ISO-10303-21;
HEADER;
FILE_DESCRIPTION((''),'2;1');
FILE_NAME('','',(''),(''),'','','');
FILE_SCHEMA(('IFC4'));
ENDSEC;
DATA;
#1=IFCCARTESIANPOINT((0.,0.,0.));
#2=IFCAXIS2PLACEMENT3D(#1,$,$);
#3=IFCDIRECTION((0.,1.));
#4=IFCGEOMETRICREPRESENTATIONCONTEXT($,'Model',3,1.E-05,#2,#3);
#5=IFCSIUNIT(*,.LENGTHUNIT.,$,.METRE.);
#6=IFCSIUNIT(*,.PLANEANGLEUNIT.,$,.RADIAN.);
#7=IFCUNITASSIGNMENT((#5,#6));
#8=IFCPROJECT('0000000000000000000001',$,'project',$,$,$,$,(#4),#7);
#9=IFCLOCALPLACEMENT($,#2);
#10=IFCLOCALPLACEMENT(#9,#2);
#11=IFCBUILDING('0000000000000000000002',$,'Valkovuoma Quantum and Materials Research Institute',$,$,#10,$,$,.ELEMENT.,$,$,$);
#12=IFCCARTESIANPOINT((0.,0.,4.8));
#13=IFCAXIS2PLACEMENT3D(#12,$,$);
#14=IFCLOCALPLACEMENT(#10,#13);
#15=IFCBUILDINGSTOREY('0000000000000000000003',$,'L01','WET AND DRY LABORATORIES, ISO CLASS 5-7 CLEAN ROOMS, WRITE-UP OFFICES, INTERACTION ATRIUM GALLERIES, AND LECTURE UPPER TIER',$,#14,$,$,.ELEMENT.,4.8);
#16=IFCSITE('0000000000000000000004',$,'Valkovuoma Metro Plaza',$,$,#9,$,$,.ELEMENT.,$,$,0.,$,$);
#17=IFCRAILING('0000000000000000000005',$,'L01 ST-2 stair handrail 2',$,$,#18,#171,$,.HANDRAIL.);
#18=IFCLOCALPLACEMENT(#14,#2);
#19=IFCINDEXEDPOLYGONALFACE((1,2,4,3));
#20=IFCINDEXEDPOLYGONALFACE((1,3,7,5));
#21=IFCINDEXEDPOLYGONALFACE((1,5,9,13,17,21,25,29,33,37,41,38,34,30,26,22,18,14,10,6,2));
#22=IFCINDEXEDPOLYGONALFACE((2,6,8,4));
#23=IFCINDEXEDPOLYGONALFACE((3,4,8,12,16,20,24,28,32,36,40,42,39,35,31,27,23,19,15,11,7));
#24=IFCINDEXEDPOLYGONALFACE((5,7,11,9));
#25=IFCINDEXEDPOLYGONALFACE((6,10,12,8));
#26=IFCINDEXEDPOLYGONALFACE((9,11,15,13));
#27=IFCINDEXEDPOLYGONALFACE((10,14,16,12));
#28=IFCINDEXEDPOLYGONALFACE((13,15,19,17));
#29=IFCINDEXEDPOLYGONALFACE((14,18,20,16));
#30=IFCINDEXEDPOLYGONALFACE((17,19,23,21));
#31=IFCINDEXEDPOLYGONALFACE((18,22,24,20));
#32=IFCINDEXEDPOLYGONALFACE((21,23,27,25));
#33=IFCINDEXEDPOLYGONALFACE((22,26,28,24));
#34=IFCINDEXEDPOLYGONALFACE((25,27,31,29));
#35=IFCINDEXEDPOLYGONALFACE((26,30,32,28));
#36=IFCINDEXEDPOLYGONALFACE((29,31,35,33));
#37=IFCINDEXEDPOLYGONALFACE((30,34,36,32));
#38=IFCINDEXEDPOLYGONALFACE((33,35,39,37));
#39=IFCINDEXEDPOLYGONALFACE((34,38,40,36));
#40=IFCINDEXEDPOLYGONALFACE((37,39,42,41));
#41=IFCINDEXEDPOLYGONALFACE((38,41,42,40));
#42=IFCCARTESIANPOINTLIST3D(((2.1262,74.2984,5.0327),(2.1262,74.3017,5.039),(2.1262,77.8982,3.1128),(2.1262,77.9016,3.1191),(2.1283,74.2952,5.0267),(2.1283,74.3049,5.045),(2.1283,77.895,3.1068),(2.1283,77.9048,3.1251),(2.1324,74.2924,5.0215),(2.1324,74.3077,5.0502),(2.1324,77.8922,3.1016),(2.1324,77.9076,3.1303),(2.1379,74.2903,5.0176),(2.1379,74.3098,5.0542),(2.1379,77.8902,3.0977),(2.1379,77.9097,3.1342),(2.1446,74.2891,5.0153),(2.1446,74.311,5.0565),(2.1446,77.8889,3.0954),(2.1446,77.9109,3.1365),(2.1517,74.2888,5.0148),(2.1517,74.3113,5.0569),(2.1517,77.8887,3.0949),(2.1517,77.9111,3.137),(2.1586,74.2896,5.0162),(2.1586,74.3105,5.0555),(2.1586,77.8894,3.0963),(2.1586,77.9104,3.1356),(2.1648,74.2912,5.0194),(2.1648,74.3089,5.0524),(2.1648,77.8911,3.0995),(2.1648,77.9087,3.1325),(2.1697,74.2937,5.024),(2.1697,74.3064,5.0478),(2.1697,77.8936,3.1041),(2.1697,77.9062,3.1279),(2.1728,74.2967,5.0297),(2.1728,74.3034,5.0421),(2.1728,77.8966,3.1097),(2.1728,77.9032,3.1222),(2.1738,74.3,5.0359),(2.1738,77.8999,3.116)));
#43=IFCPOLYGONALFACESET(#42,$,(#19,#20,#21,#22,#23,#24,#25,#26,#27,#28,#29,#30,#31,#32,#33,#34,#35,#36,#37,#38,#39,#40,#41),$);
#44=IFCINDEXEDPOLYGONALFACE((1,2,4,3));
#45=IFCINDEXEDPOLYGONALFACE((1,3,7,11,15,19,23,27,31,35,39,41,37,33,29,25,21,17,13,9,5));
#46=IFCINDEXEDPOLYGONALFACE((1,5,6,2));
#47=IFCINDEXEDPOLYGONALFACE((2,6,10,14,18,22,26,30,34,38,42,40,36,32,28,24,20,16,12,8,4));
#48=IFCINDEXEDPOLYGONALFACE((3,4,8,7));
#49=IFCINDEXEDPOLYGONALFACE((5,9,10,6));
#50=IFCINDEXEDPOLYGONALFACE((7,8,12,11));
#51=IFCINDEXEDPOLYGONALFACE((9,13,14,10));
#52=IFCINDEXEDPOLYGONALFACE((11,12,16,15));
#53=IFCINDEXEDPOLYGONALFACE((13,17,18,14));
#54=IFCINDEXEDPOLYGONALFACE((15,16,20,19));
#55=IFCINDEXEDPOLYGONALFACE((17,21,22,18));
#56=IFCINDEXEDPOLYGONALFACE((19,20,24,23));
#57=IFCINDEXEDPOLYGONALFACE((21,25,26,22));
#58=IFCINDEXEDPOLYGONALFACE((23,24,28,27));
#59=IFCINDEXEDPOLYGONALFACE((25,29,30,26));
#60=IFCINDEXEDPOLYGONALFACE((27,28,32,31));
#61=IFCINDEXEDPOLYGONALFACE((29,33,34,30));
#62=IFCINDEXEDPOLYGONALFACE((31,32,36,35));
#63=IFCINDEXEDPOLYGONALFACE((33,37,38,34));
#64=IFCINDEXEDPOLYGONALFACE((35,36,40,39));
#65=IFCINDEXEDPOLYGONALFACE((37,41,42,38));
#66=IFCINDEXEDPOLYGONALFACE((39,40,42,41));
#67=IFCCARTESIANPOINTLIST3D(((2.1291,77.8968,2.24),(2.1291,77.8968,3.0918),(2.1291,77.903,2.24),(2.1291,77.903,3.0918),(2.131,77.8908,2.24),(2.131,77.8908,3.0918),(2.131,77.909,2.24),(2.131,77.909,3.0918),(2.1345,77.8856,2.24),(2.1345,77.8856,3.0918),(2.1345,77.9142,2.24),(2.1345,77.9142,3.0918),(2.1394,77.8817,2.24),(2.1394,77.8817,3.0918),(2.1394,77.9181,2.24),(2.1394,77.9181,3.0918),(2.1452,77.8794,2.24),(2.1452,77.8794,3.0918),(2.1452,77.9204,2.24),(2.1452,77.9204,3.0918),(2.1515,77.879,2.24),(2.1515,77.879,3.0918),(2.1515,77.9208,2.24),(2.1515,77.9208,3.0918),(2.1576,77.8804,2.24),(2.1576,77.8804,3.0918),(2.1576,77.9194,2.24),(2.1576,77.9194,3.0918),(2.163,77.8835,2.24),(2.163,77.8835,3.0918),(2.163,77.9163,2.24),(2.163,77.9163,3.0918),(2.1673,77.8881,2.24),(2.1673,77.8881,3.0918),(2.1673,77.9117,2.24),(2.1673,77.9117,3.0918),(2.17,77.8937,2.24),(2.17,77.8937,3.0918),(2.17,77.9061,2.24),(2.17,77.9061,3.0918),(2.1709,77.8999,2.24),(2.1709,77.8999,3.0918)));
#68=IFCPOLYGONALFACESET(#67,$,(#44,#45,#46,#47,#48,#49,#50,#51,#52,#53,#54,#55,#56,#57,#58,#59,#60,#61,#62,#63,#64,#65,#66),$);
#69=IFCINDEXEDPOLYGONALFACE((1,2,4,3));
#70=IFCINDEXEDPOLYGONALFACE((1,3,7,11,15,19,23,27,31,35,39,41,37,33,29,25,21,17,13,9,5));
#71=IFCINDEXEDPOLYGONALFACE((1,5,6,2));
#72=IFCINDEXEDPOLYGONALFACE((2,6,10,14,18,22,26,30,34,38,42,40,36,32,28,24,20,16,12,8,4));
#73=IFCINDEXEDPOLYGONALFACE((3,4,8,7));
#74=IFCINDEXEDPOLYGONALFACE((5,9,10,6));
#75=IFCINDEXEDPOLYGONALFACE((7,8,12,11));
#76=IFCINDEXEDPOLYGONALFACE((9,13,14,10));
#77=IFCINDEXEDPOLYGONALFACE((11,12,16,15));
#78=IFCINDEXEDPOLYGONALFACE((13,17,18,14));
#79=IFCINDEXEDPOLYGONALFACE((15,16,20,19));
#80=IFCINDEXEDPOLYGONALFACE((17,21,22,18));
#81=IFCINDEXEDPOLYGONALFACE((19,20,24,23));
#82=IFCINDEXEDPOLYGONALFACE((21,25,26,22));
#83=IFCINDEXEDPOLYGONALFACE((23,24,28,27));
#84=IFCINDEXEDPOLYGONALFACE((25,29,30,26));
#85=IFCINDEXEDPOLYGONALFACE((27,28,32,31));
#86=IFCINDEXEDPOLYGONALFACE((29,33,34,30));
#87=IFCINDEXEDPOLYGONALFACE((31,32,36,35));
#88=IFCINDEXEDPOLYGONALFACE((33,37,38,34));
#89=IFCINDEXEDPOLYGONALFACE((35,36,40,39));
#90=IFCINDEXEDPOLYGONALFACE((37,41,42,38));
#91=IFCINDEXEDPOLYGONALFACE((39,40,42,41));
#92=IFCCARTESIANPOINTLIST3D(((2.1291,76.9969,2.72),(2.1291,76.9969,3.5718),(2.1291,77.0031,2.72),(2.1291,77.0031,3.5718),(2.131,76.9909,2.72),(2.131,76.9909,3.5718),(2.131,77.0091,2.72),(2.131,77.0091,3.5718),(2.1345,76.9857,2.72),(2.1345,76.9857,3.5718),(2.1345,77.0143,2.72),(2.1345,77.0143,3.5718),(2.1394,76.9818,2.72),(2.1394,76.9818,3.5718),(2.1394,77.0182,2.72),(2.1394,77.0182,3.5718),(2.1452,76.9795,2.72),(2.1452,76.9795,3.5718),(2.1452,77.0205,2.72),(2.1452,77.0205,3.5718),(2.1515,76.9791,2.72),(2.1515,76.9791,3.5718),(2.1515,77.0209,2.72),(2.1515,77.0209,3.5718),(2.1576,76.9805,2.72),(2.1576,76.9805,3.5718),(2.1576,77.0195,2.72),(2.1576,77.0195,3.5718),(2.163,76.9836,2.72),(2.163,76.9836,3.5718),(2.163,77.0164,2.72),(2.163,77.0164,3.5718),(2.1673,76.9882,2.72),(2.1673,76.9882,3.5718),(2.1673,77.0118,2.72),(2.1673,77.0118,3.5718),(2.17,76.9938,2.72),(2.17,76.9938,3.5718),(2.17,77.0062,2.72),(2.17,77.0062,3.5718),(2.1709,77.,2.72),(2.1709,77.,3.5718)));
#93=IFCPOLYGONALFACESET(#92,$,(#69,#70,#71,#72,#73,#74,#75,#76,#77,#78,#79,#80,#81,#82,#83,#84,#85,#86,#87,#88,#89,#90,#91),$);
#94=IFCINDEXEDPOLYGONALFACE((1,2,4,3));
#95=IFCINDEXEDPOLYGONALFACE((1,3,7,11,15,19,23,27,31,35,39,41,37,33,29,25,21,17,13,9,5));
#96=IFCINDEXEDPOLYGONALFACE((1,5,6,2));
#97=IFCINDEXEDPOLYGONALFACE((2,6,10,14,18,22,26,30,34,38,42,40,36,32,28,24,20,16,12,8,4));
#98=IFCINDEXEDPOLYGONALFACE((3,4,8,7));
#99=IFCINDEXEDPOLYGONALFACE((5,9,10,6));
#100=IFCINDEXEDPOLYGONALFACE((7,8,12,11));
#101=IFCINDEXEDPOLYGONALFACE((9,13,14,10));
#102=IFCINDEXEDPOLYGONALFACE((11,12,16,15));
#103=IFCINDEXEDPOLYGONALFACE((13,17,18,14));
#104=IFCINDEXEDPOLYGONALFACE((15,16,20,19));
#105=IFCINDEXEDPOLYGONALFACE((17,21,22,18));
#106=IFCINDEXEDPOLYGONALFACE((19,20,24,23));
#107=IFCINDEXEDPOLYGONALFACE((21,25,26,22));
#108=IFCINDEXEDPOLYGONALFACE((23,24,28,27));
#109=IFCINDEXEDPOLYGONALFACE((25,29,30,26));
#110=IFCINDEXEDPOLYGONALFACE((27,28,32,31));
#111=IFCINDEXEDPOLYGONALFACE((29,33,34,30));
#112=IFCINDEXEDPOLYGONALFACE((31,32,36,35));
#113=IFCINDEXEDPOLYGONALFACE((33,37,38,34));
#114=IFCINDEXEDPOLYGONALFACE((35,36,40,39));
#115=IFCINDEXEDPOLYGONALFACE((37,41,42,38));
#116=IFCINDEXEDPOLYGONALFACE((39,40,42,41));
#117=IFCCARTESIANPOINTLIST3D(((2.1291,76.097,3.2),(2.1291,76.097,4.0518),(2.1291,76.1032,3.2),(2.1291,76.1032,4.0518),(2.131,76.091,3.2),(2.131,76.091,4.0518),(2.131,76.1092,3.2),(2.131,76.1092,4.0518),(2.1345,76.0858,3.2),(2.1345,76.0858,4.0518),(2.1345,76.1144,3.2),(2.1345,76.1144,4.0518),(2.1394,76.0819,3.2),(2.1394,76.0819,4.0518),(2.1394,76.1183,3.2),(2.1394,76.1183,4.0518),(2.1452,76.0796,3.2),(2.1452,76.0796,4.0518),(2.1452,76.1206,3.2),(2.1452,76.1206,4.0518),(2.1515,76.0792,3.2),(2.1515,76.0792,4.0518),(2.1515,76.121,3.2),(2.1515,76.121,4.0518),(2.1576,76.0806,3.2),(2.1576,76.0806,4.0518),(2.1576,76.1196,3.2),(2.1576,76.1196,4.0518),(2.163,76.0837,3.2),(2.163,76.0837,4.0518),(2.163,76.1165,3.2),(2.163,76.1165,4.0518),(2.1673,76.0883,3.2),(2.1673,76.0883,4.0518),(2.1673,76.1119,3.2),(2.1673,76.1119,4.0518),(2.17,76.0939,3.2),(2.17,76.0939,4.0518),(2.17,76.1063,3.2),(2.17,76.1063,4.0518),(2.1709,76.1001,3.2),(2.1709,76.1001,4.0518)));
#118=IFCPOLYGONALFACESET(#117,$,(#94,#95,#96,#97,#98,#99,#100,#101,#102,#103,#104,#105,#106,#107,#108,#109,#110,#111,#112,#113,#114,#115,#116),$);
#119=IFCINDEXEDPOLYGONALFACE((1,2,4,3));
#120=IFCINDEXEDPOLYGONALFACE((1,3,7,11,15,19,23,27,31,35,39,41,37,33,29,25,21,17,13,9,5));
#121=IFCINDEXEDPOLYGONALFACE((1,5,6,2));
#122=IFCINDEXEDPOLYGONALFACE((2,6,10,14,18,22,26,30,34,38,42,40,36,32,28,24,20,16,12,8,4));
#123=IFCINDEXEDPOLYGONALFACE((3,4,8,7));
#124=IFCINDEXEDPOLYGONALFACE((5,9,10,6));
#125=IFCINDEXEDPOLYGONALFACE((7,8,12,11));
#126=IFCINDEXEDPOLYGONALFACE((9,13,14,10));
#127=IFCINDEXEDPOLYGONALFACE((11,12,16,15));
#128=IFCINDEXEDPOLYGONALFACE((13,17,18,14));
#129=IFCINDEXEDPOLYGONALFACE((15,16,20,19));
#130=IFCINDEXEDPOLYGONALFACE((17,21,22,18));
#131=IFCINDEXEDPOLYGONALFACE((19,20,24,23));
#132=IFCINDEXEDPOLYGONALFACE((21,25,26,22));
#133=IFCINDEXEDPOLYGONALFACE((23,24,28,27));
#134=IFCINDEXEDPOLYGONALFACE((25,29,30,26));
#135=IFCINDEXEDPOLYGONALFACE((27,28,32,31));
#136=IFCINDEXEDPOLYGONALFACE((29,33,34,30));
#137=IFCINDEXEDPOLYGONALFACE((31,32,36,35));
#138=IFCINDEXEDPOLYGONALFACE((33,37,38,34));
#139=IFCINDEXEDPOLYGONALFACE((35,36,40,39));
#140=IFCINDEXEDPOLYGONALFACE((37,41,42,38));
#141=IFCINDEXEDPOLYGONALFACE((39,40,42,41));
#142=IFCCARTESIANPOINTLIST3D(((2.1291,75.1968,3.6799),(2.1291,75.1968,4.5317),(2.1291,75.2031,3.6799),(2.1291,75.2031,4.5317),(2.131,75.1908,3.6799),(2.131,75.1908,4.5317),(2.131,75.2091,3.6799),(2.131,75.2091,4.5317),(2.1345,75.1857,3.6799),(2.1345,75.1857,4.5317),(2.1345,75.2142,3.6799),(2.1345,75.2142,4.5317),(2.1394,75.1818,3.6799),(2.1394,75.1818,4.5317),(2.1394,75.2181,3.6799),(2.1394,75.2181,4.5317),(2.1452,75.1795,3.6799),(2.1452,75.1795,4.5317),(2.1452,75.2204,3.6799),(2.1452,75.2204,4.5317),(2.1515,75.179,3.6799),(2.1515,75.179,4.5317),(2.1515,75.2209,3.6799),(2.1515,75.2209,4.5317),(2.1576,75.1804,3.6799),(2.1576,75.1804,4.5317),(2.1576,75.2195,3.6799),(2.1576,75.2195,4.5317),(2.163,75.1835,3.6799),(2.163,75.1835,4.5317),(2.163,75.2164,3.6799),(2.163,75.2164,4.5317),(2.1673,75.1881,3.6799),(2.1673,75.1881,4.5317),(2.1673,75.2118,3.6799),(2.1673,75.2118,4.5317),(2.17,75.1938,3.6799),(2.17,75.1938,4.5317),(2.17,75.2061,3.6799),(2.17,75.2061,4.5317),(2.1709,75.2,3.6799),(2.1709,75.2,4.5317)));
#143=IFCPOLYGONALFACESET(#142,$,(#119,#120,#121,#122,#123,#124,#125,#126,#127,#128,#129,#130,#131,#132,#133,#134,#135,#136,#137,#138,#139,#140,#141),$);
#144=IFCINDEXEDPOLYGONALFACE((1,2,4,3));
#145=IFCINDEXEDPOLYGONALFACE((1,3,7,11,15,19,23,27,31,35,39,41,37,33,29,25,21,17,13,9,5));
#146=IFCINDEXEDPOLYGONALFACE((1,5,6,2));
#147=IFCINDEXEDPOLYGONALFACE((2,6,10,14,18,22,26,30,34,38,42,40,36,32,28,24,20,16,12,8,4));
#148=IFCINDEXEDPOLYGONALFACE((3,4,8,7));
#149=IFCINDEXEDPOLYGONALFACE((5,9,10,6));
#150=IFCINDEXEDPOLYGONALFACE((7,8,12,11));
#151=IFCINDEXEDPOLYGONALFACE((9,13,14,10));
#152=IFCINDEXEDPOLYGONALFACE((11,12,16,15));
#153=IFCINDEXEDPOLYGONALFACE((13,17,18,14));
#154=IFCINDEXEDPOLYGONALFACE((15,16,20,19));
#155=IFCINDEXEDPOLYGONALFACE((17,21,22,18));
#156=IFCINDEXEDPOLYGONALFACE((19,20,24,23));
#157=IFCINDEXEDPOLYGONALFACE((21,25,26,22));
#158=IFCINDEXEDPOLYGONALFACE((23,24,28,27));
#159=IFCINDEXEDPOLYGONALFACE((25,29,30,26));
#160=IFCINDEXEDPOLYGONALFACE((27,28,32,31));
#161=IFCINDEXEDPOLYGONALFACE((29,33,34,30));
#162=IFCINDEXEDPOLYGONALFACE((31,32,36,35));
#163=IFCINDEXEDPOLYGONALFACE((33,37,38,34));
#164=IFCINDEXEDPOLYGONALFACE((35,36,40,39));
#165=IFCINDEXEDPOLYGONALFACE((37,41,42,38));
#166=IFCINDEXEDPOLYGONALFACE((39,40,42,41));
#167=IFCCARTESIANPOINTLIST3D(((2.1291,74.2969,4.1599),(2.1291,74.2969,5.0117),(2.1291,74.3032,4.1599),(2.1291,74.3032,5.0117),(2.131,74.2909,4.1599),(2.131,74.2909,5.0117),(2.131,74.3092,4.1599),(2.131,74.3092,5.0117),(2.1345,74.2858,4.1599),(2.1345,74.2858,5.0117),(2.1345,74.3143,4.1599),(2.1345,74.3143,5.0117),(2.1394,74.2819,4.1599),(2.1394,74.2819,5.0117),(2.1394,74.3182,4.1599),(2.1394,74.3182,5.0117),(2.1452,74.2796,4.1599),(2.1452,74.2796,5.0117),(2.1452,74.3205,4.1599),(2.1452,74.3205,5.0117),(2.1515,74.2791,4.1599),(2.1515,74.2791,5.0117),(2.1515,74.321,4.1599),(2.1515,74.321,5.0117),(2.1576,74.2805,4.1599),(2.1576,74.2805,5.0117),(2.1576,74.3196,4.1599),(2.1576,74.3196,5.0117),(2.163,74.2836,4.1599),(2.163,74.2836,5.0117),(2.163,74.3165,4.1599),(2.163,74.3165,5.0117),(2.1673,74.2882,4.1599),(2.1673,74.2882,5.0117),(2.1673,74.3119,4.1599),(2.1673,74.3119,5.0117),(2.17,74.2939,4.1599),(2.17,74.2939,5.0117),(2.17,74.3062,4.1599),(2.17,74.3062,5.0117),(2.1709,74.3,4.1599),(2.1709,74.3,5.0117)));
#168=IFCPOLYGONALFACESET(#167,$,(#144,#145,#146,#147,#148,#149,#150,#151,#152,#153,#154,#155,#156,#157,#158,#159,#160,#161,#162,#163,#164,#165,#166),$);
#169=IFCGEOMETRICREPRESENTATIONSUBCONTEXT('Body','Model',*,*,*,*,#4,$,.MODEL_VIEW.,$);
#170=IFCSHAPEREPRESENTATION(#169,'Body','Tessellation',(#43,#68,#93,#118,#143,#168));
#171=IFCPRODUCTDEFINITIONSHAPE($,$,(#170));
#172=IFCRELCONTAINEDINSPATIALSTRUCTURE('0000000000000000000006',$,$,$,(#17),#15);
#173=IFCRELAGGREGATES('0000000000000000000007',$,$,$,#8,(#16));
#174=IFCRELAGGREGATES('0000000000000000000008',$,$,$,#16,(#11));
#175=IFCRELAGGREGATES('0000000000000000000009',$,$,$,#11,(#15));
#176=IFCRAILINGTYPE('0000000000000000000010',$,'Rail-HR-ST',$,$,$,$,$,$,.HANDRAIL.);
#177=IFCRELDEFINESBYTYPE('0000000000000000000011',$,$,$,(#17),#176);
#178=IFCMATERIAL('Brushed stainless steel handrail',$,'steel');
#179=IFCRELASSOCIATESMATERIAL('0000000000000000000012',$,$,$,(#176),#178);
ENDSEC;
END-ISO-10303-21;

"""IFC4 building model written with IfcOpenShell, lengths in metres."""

from ifc_helpers import new_model, si_unit, direction, frame, origin, origin_2d, place, context, subcontext, project, spatial, circle, extrude, material, type_object, element, save


model = new_model("IFC4")

# Units and contexts
model_context = context("Model", 3, precision=1e-05, world=origin(), true_north=direction((0.0, 1.0)))
body_context = subcontext(model_context, "Body", "Model", "MODEL_VIEW")
ifc_project = project(units=[si_unit("LENGTHUNIT", "METRE"), si_unit("PLANEANGLEUNIT", "RADIAN")], contexts=[model_context])

# Site, building, storey
site_placement = place(None, origin())
site = spatial("IfcSite", under=ifc_project, at=site_placement, Name="Valkovuoma Metro Plaza", CompositionType="ELEMENT", RefElevation=0.0)
building_placement = place(site_placement, origin())
building = spatial("IfcBuilding", under=site, at=building_placement, Name="Valkovuoma Quantum and Materials Research Institute", CompositionType="ELEMENT")
storey_placement = place(building_placement, frame((0.0, 0.0, 4.8)))
storey = spatial("IfcBuildingStorey", under=building, at=storey_placement, Name="L01", Description="WET AND DRY LABORATORIES, ISO CLASS 5-7 CLEAN ROOMS, WRITE-UP OFFICES, INTERACTION ATRIUM GALLERIES, AND LECTURE UPPER TIER", CompositionType="ELEMENT", Elevation=4.8)

# Railing
ifc_material_1 = material(Name="Brushed stainless steel handrail", Category="steel")
railing_type_1 = type_object("IfcRailingType", Name="Rail-HR-ST", PredefinedType="HANDRAIL", material=ifc_material_1)
railing_1_placement = place(storey_placement, frame((2.1499, 77.8999, 2.24)))
element("IfcRailing", 1, at=railing_1_placement, inside=storey, type_object=railing_type_1, Name="L01 ST-2 stair handrail 2", PredefinedType="HANDRAIL", context=body_context, shape_type="SweptSolid", body=[
    extrude(circle(Radius=0.0239, at=origin_2d()), frame((0.0, 0.0, 0.876), z_axis=(0.0, -0.882353, 0.470588), x_axis=(1.0, 0.0, 0.0)), (0.0, 0.0, 1.0), 4.0798),
    extrude(circle(Radius=0.021, at=origin_2d()), origin(), (0.0, 0.0, 1.0), 0.8518),
    extrude(circle(Radius=0.021, at=origin_2d()), frame((0.0, -0.8999, 0.48)), (0.0, 0.0, 1.0), 0.8518),
    extrude(circle(Radius=0.021, at=origin_2d()), frame((0.0, -1.7998, 0.96)), (0.0, 0.0, 1.0), 0.8518),
    extrude(circle(Radius=0.021, at=origin_2d()), frame((0.0, -2.7, 1.4399)), (0.0, 0.0, 1.0), 0.8518),
    extrude(circle(Radius=0.021, at=origin_2d()), frame((0.0, -3.5999, 1.9199)), (0.0, 0.0, 1.0), 0.8518),
])

save(model, "model.ifc")
